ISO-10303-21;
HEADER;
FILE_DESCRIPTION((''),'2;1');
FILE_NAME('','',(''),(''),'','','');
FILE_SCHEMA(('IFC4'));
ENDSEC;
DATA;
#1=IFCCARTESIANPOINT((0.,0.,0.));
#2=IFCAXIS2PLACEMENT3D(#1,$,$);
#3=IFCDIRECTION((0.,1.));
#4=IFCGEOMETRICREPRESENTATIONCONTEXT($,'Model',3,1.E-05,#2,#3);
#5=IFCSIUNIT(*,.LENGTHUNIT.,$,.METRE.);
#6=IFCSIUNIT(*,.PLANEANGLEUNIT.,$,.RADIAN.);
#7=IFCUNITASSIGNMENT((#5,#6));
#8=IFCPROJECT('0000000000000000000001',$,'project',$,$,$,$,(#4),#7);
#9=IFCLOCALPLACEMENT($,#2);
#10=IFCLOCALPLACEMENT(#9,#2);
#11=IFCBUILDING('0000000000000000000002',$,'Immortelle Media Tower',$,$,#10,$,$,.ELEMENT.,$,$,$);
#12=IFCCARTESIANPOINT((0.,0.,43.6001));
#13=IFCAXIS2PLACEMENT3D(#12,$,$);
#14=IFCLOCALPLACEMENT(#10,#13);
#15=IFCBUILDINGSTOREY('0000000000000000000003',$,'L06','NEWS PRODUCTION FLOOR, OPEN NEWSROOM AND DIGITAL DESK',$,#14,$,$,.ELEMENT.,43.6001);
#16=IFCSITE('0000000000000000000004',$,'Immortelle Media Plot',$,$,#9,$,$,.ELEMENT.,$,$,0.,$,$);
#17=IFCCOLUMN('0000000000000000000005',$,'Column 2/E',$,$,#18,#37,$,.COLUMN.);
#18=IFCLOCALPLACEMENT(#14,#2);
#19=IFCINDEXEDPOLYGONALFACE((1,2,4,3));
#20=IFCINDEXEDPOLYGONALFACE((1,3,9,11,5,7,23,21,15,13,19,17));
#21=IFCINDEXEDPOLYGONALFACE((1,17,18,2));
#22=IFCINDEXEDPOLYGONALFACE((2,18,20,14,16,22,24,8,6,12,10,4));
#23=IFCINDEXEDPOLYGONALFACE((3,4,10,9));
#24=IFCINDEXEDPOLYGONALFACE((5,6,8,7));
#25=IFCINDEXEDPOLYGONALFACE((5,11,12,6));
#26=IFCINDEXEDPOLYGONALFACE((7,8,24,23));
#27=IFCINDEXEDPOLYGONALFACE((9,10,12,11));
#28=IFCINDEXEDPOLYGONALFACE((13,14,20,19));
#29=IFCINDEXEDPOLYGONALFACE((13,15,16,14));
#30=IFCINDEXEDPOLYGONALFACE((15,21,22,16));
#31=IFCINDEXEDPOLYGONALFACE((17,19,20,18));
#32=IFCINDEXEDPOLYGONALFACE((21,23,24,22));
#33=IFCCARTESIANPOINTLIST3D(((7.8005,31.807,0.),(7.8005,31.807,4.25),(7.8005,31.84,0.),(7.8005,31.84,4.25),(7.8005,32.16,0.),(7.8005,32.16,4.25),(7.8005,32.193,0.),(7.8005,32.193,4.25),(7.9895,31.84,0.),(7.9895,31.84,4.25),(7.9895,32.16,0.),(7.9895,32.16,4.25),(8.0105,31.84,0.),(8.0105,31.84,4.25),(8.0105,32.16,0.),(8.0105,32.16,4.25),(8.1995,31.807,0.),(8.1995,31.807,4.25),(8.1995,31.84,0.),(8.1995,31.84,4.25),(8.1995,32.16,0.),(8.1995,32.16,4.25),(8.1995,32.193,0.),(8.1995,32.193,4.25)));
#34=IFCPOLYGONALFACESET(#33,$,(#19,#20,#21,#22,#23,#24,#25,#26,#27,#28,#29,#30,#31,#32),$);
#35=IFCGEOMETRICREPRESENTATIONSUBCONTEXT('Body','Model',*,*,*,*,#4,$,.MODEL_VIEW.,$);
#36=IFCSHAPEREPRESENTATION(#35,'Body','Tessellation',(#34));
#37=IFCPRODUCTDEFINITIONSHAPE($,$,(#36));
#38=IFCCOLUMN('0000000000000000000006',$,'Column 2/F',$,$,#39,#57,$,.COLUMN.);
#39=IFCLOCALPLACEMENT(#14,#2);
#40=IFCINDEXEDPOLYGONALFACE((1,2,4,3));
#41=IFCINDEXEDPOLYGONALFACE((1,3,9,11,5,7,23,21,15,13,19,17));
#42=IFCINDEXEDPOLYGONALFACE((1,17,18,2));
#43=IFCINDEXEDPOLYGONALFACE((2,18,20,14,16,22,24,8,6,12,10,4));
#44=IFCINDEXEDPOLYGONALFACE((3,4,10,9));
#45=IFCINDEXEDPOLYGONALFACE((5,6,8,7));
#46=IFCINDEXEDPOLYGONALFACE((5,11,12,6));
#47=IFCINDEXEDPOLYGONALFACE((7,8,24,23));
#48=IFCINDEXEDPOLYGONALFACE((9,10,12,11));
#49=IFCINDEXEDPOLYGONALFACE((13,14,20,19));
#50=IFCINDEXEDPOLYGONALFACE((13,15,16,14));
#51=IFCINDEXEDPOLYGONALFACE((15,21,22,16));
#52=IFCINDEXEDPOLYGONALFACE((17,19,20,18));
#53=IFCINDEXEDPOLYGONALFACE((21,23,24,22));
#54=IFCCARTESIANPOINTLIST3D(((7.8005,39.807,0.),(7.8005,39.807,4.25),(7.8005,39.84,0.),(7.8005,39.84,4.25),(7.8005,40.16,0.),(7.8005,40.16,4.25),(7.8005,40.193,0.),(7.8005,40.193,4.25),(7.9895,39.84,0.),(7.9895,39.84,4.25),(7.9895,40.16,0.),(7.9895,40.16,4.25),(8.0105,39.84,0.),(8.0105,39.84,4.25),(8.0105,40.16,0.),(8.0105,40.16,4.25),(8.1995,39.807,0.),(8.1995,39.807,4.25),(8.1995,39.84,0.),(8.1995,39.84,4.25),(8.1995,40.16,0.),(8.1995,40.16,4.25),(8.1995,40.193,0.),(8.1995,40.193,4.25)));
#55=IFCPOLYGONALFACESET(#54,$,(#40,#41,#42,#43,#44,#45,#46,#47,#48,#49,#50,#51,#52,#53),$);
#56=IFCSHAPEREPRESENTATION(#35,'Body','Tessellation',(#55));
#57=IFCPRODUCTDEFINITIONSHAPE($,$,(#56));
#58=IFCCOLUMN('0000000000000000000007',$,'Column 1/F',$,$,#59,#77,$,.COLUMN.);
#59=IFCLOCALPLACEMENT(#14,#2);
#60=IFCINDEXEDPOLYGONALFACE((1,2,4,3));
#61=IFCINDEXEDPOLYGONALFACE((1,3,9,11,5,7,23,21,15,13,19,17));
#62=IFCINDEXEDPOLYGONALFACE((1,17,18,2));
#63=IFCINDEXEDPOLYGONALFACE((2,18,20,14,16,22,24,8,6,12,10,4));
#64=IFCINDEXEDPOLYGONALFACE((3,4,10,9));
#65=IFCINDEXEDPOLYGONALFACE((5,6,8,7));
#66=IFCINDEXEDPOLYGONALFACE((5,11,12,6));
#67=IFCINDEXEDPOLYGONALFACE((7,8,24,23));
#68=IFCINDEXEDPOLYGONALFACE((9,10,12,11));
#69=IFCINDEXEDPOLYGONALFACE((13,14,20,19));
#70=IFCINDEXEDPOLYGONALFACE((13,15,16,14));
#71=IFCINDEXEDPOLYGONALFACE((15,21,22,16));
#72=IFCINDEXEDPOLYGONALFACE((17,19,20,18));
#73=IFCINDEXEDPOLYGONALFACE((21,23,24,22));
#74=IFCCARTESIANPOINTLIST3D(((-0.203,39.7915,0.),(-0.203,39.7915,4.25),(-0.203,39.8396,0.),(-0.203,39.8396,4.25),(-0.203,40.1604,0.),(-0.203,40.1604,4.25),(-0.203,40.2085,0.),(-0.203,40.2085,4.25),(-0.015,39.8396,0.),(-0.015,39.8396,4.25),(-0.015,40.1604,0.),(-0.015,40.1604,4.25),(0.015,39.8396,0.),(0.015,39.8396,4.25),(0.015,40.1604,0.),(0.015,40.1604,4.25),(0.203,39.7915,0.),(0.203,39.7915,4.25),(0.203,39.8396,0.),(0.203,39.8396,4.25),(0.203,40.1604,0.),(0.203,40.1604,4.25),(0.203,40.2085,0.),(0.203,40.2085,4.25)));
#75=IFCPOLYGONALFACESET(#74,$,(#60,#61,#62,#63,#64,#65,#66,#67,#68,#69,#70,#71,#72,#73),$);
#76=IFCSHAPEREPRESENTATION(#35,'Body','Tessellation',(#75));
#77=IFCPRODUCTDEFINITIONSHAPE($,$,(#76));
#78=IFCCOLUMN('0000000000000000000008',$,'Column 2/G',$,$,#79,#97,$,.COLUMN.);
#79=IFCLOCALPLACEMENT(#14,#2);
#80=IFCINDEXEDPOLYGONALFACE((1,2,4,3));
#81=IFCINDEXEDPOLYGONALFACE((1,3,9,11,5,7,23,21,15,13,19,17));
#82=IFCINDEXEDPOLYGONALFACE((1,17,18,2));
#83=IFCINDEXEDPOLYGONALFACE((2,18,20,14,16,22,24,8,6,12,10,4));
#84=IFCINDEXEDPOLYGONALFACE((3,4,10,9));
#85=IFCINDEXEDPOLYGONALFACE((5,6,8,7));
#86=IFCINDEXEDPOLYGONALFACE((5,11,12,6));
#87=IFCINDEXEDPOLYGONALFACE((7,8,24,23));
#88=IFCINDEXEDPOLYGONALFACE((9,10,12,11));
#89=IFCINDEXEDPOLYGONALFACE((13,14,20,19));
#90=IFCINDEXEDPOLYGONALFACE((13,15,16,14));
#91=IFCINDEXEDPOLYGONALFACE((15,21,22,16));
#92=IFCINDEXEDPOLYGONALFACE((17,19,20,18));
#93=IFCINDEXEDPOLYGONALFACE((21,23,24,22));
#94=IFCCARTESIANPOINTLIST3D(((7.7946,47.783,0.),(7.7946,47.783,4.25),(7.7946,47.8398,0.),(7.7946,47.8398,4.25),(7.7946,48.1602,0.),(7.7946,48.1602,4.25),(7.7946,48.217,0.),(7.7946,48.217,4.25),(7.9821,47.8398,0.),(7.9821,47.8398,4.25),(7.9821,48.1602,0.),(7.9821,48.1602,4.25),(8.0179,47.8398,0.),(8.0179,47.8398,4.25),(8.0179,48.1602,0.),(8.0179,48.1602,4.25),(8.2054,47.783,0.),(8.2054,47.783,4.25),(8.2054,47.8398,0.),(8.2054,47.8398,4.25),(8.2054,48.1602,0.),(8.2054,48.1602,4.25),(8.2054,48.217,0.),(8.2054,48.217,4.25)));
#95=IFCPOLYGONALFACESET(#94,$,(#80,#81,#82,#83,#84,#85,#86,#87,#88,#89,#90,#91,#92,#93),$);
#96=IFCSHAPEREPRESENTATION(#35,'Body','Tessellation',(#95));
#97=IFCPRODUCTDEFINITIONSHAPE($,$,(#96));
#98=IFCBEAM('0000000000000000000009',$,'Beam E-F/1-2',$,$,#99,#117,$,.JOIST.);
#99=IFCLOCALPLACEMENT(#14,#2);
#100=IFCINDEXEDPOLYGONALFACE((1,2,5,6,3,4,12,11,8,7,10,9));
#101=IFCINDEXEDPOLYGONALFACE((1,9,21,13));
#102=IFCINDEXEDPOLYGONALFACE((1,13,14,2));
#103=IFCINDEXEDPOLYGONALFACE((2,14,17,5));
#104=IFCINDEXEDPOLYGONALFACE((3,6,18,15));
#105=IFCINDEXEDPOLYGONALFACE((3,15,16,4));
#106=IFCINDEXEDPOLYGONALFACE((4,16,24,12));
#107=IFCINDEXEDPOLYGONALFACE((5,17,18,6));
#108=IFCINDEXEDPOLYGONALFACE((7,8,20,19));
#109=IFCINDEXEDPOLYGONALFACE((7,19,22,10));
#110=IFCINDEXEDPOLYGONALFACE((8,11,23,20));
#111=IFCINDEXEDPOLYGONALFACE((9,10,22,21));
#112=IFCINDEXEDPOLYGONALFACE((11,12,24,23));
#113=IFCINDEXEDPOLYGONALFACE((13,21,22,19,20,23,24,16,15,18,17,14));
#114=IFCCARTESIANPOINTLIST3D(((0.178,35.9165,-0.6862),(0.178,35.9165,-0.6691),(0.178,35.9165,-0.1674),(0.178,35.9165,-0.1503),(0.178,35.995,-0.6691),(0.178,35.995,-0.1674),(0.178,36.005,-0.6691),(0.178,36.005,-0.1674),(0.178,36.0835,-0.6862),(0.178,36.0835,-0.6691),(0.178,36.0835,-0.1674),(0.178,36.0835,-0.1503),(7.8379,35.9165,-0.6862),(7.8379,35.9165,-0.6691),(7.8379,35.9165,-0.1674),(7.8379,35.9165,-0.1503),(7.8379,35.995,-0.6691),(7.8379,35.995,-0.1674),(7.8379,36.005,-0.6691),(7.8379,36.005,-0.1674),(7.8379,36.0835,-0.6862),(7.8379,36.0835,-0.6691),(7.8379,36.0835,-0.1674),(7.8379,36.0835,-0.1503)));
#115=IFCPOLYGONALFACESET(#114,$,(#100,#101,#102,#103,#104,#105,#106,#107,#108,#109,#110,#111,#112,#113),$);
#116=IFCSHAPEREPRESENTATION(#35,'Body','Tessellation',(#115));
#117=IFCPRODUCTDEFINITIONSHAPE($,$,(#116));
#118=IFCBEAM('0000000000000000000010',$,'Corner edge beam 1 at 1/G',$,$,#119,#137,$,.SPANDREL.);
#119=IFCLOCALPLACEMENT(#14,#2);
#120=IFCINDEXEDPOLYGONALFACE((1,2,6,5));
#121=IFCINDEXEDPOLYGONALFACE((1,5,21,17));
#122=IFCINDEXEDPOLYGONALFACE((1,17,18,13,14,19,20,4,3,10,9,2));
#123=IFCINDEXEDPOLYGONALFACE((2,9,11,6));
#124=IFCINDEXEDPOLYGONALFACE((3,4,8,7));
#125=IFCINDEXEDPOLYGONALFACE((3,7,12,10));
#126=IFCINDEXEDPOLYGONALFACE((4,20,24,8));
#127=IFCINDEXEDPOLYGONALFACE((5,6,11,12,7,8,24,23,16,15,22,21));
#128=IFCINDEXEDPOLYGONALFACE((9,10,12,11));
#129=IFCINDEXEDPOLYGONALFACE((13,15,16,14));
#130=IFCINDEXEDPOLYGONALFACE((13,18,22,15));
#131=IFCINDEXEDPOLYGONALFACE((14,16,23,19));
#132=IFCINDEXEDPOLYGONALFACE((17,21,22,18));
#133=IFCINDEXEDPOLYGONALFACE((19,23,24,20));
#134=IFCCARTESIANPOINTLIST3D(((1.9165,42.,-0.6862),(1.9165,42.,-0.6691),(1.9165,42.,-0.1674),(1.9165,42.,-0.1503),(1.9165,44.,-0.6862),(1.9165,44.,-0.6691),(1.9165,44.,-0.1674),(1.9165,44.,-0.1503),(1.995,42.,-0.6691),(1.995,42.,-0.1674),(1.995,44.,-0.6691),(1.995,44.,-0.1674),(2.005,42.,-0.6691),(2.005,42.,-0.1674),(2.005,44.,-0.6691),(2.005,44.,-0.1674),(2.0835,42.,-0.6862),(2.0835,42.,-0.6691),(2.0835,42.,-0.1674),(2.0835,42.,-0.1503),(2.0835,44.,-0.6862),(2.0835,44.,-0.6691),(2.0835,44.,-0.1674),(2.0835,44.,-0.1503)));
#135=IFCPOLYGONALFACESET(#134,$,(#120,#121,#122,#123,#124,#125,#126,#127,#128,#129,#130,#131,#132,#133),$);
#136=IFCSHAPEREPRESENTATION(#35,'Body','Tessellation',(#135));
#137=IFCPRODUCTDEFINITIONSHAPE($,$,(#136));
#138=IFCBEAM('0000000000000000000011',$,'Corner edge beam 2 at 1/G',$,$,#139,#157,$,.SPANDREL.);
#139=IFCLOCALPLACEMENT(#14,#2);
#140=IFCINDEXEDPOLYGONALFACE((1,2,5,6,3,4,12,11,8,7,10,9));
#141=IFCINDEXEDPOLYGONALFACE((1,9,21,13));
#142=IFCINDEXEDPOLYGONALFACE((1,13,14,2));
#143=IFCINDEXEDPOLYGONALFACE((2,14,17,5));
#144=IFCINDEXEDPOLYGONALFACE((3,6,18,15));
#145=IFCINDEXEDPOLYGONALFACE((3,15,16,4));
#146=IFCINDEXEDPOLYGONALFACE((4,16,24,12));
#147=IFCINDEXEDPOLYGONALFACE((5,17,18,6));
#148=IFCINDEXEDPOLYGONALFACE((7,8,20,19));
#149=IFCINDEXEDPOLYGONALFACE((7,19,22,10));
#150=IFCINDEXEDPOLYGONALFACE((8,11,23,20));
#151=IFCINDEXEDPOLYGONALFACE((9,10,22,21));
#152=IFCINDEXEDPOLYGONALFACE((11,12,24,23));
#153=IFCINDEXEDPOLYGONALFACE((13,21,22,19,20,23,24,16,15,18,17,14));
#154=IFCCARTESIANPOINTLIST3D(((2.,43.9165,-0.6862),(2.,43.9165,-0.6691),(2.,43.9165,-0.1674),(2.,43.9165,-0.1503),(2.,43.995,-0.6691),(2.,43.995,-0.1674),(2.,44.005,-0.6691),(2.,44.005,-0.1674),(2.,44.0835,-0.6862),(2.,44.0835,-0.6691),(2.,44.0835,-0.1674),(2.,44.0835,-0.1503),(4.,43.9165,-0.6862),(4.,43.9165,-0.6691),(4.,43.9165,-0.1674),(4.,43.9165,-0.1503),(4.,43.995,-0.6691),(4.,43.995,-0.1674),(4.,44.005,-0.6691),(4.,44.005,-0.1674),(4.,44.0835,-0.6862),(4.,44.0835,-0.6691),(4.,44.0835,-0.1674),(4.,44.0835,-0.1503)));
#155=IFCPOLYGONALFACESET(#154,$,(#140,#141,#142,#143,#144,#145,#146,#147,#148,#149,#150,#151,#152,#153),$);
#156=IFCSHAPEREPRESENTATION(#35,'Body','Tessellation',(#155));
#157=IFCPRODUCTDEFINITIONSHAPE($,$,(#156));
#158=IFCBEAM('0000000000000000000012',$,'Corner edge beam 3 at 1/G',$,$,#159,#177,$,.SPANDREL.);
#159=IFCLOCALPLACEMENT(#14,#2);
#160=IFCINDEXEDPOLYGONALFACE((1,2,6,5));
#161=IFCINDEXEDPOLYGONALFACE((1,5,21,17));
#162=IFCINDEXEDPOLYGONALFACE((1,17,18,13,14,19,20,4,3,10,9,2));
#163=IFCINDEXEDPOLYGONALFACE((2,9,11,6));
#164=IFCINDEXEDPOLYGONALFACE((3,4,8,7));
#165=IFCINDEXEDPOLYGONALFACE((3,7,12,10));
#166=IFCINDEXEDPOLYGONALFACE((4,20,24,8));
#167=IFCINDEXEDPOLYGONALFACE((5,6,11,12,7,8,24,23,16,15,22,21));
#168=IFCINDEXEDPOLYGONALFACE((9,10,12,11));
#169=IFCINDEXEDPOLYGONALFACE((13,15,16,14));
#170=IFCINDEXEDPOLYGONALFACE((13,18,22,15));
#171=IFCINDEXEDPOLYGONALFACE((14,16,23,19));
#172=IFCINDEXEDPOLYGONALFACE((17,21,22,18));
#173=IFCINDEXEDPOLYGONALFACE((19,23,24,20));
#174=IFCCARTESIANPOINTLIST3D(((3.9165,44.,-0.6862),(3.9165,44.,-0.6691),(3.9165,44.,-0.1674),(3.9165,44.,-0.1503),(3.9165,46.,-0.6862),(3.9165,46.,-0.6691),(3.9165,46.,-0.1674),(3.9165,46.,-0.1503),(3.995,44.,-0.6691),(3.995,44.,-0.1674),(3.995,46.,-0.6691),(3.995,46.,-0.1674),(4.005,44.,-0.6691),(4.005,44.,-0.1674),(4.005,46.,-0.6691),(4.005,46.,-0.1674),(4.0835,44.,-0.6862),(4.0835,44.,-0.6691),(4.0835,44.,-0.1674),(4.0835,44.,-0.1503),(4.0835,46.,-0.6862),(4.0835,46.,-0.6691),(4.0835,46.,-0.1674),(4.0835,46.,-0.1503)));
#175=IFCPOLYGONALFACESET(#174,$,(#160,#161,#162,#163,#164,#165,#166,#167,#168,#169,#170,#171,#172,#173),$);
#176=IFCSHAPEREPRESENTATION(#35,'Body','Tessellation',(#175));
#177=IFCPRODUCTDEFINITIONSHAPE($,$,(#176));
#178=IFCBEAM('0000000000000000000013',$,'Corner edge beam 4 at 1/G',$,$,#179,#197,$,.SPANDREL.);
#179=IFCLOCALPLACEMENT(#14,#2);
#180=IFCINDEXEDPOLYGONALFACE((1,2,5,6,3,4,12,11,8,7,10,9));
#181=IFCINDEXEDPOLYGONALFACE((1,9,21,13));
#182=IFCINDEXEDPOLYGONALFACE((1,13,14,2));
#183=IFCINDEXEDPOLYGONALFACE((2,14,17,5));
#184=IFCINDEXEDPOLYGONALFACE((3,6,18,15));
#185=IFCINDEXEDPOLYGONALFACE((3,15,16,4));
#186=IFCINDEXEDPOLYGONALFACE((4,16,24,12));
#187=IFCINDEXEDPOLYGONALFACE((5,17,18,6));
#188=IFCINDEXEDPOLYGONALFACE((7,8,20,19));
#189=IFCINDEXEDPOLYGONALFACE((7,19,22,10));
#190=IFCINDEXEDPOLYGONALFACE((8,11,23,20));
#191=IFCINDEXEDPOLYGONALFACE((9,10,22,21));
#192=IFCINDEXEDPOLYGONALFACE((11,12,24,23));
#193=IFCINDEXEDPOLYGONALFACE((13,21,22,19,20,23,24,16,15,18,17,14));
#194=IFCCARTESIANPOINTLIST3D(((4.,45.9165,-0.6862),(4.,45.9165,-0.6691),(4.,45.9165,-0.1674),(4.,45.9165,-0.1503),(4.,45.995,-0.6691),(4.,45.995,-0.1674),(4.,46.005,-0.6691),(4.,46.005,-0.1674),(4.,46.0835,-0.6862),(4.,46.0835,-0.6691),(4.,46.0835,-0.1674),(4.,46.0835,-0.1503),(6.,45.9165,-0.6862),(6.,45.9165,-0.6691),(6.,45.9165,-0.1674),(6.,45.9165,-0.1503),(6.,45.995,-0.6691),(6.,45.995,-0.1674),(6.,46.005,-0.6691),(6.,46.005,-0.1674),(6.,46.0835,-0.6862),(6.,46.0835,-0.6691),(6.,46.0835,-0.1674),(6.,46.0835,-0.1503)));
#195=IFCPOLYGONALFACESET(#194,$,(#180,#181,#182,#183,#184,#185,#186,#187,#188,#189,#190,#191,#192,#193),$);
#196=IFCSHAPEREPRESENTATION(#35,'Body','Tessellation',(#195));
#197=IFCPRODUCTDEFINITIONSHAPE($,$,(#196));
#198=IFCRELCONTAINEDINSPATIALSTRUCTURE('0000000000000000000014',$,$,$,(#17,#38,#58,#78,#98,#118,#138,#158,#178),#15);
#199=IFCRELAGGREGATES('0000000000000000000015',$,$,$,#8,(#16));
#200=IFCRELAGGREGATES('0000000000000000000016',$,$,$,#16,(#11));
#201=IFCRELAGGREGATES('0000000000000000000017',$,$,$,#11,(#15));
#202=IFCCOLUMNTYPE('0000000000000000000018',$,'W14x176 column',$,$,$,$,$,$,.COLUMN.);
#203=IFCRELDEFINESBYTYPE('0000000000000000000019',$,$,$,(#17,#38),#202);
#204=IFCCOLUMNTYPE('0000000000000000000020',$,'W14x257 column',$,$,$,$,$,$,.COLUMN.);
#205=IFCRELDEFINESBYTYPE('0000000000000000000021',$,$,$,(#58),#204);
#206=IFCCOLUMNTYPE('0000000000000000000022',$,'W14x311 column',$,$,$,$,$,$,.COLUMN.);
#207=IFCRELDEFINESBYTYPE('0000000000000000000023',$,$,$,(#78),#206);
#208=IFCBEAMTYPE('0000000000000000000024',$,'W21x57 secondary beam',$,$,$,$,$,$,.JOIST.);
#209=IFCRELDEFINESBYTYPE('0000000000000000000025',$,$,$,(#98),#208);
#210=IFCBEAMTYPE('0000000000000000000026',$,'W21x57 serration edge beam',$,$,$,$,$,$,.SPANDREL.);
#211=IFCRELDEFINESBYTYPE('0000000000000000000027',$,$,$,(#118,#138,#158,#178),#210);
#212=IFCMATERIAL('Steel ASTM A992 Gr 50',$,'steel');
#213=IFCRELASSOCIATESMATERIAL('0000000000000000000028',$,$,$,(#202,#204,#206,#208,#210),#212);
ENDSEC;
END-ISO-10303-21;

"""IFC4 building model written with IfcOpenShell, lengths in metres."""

from ifc_helpers import new_model, si_unit, direction, frame, origin, origin_2d, place, context, subcontext, project, spatial, i_section, extrude, material, material_profile, profile_set, type_object, element, save


model = new_model("IFC4")

# Units and contexts
model_context = context("Model", 3, precision=1e-05, world=origin(), true_north=direction((0.0, 1.0)))
body_context = subcontext(model_context, "Body", "Model", "MODEL_VIEW")
ifc_project = project(units=[si_unit("LENGTHUNIT", "METRE"), si_unit("PLANEANGLEUNIT", "RADIAN")], contexts=[model_context])

# Site, building, storey
site_placement = place(None, origin())
site = spatial("IfcSite", under=ifc_project, at=site_placement, Name="Immortelle Media Plot", CompositionType="ELEMENT", RefElevation=0.0)
building_placement = place(site_placement, origin())
building = spatial("IfcBuilding", under=site, at=building_placement, Name="Immortelle Media Tower", CompositionType="ELEMENT")
storey_placement = place(building_placement, frame((0.0, 0.0, 43.6001)))
storey = spatial("IfcBuildingStorey", under=building, at=storey_placement, Name="L06", Description="NEWS PRODUCTION FLOOR, OPEN NEWSROOM AND DIGITAL DESK", CompositionType="ELEMENT", Elevation=43.6001)

# Columns
ifc_material_1 = material(Name="Steel ASTM A992 Gr 50", Category="steel")
ifc_material_profile_1 = material_profile(ifc_material_1, i_section(OverallWidth=0.3989, OverallDepth=0.386, WebThickness=0.021, FlangeThickness=0.033, at=origin_2d()), Name="W14x176")
ifc_profile_set_1 = profile_set([ifc_material_profile_1], Name="Steel ASTM A992 Gr 50")
column_type_1 = type_object("IfcColumnType", Name="W14x176 column", PredefinedType="COLUMN", material=ifc_profile_set_1)
for number, where, z_axis, x_axis, name in (
    (1, (8.0, 32.0, 0.0), (0.0, 0.0, 1.0), (1.0, 0.0, 0.0), "Column 2/E"),
    (2, (8.0, 40.0, 0.0), (0.0, 0.0, 1.0), (1.0, 0.0, 0.0), "Column 2/F"),
):
    element("IfcColumn", number, at=place(storey_placement, frame(where, z_axis=z_axis, x_axis=x_axis)), inside=storey, type_object=column_type_1, Name=name, PredefinedType="COLUMN", context=body_context, shape_type="SweptSolid", body=[
        extrude(i_section(OverallWidth=0.3989, OverallDepth=0.386, WebThickness=0.021, FlangeThickness=0.033, at=origin_2d()), origin(), (0.0, 0.0, 1.0), 4.25),
    ])
ifc_material_profile_2 = material_profile(ifc_material_1, i_section(OverallWidth=0.406, OverallDepth=0.417, WebThickness=0.03, FlangeThickness=0.0481, at=origin_2d()), Name="W14x257")
ifc_profile_set_2 = profile_set([ifc_material_profile_2], Name="Steel ASTM A992 Gr 50")
column_type_2 = type_object("IfcColumnType", Name="W14x257 column", PredefinedType="COLUMN", material=ifc_profile_set_2)
column_1_placement = place(storey_placement, frame((0.0, 40.0, 0.0), z_axis=(0.0, 0.0, 1.0), x_axis=(1.0, 0.0, 0.0)))
element("IfcColumn", 3, at=column_1_placement, inside=storey, type_object=column_type_2, Name="Column 1/F", PredefinedType="COLUMN", context=body_context, shape_type="SweptSolid", body=[
    extrude(i_section(OverallWidth=0.406, OverallDepth=0.417, WebThickness=0.03, FlangeThickness=0.0481, at=origin_2d()), origin(), (0.0, 0.0, 1.0), 4.25),
])
ifc_material_profile_3 = material_profile(ifc_material_1, i_section(OverallWidth=0.4109, OverallDepth=0.4341, WebThickness=0.0359, FlangeThickness=0.0569, at=origin_2d()), Name="W14x311")
ifc_profile_set_3 = profile_set([ifc_material_profile_3], Name="Steel ASTM A992 Gr 50")
column_type_3 = type_object("IfcColumnType", Name="W14x311 column", PredefinedType="COLUMN", material=ifc_profile_set_3)
column_2_placement = place(storey_placement, frame((8.0, 48.0, 0.0), z_axis=(0.0, 0.0, 1.0), x_axis=(1.0, 0.0, 0.0)))
element("IfcColumn", 4, at=column_2_placement, inside=storey, type_object=column_type_3, Name="Column 2/G", PredefinedType="COLUMN", context=body_context, shape_type="SweptSolid", body=[
    extrude(i_section(OverallWidth=0.4109, OverallDepth=0.4341, WebThickness=0.0359, FlangeThickness=0.0569, at=origin_2d()), origin(), (0.0, 0.0, 1.0), 4.25),
])

# Beams
ifc_material_profile_4 = material_profile(ifc_material_1, i_section(OverallWidth=0.167, OverallDepth=0.5359, WebThickness=0.01, FlangeThickness=0.0171, at=origin_2d()), Name="W21x57")
ifc_profile_set_4 = profile_set([ifc_material_profile_4], Name="Steel ASTM A992 Gr 50")
beam_type_1 = type_object("IfcBeamType", Name="W21x57 secondary beam", PredefinedType="JOIST", material=ifc_profile_set_4)
beam_1_placement = place(storey_placement, frame((0.178, 36.0, -0.4182), z_axis=(1.0, 0.0, 0.0), x_axis=(0.0, 1.0, 0.0)))
element("IfcBeam", 5, at=beam_1_placement, inside=storey, type_object=beam_type_1, Name="Beam E-F/1-2", PredefinedType="JOIST", context=body_context, shape_type="SweptSolid", body=[
    extrude(i_section(OverallWidth=0.167, OverallDepth=0.5359, WebThickness=0.01, FlangeThickness=0.0171, at=origin_2d()), origin(), (0.0, 0.0, 1.0), 7.6599),
])
ifc_material_profile_5 = material_profile(ifc_material_1, i_section(OverallWidth=0.167, OverallDepth=0.5359, WebThickness=0.01, FlangeThickness=0.0171, at=origin_2d()), Name="W21x57")
ifc_profile_set_5 = profile_set([ifc_material_profile_5], Name="Steel ASTM A992 Gr 50")
beam_type_2 = type_object("IfcBeamType", Name="W21x57 serration edge beam", PredefinedType="SPANDREL", material=ifc_profile_set_5)
for number, where, z_axis, x_axis, name in (
    (6, (2.0, 42.0, -0.4182), (0.0, 1.0, 0.0), (-1.0, 0.0, 0.0), "Corner edge beam 1 at 1/G"),
    (7, (2.0, 44.0, -0.4182), (1.0, 0.0, 0.0), (0.0, 1.0, 0.0), "Corner edge beam 2 at 1/G"),
    (8, (4.0, 44.0, -0.4182), (0.0, 1.0, 0.0), (-1.0, 0.0, 0.0), "Corner edge beam 3 at 1/G"),
    (9, (4.0, 46.0, -0.4182), (1.0, 0.0, 0.0), (0.0, 1.0, 0.0), "Corner edge beam 4 at 1/G"),
):
    element("IfcBeam", number, at=place(storey_placement, frame(where, z_axis=z_axis, x_axis=x_axis)), inside=storey, type_object=beam_type_2, Name=name, PredefinedType="SPANDREL", context=body_context, shape_type="SweptSolid", body=[
        extrude(i_section(OverallWidth=0.167, OverallDepth=0.5359, WebThickness=0.01, FlangeThickness=0.0171, at=origin_2d()), origin(), (0.0, 0.0, 1.0), 2.0),
    ])

save(model, "model.ifc")
